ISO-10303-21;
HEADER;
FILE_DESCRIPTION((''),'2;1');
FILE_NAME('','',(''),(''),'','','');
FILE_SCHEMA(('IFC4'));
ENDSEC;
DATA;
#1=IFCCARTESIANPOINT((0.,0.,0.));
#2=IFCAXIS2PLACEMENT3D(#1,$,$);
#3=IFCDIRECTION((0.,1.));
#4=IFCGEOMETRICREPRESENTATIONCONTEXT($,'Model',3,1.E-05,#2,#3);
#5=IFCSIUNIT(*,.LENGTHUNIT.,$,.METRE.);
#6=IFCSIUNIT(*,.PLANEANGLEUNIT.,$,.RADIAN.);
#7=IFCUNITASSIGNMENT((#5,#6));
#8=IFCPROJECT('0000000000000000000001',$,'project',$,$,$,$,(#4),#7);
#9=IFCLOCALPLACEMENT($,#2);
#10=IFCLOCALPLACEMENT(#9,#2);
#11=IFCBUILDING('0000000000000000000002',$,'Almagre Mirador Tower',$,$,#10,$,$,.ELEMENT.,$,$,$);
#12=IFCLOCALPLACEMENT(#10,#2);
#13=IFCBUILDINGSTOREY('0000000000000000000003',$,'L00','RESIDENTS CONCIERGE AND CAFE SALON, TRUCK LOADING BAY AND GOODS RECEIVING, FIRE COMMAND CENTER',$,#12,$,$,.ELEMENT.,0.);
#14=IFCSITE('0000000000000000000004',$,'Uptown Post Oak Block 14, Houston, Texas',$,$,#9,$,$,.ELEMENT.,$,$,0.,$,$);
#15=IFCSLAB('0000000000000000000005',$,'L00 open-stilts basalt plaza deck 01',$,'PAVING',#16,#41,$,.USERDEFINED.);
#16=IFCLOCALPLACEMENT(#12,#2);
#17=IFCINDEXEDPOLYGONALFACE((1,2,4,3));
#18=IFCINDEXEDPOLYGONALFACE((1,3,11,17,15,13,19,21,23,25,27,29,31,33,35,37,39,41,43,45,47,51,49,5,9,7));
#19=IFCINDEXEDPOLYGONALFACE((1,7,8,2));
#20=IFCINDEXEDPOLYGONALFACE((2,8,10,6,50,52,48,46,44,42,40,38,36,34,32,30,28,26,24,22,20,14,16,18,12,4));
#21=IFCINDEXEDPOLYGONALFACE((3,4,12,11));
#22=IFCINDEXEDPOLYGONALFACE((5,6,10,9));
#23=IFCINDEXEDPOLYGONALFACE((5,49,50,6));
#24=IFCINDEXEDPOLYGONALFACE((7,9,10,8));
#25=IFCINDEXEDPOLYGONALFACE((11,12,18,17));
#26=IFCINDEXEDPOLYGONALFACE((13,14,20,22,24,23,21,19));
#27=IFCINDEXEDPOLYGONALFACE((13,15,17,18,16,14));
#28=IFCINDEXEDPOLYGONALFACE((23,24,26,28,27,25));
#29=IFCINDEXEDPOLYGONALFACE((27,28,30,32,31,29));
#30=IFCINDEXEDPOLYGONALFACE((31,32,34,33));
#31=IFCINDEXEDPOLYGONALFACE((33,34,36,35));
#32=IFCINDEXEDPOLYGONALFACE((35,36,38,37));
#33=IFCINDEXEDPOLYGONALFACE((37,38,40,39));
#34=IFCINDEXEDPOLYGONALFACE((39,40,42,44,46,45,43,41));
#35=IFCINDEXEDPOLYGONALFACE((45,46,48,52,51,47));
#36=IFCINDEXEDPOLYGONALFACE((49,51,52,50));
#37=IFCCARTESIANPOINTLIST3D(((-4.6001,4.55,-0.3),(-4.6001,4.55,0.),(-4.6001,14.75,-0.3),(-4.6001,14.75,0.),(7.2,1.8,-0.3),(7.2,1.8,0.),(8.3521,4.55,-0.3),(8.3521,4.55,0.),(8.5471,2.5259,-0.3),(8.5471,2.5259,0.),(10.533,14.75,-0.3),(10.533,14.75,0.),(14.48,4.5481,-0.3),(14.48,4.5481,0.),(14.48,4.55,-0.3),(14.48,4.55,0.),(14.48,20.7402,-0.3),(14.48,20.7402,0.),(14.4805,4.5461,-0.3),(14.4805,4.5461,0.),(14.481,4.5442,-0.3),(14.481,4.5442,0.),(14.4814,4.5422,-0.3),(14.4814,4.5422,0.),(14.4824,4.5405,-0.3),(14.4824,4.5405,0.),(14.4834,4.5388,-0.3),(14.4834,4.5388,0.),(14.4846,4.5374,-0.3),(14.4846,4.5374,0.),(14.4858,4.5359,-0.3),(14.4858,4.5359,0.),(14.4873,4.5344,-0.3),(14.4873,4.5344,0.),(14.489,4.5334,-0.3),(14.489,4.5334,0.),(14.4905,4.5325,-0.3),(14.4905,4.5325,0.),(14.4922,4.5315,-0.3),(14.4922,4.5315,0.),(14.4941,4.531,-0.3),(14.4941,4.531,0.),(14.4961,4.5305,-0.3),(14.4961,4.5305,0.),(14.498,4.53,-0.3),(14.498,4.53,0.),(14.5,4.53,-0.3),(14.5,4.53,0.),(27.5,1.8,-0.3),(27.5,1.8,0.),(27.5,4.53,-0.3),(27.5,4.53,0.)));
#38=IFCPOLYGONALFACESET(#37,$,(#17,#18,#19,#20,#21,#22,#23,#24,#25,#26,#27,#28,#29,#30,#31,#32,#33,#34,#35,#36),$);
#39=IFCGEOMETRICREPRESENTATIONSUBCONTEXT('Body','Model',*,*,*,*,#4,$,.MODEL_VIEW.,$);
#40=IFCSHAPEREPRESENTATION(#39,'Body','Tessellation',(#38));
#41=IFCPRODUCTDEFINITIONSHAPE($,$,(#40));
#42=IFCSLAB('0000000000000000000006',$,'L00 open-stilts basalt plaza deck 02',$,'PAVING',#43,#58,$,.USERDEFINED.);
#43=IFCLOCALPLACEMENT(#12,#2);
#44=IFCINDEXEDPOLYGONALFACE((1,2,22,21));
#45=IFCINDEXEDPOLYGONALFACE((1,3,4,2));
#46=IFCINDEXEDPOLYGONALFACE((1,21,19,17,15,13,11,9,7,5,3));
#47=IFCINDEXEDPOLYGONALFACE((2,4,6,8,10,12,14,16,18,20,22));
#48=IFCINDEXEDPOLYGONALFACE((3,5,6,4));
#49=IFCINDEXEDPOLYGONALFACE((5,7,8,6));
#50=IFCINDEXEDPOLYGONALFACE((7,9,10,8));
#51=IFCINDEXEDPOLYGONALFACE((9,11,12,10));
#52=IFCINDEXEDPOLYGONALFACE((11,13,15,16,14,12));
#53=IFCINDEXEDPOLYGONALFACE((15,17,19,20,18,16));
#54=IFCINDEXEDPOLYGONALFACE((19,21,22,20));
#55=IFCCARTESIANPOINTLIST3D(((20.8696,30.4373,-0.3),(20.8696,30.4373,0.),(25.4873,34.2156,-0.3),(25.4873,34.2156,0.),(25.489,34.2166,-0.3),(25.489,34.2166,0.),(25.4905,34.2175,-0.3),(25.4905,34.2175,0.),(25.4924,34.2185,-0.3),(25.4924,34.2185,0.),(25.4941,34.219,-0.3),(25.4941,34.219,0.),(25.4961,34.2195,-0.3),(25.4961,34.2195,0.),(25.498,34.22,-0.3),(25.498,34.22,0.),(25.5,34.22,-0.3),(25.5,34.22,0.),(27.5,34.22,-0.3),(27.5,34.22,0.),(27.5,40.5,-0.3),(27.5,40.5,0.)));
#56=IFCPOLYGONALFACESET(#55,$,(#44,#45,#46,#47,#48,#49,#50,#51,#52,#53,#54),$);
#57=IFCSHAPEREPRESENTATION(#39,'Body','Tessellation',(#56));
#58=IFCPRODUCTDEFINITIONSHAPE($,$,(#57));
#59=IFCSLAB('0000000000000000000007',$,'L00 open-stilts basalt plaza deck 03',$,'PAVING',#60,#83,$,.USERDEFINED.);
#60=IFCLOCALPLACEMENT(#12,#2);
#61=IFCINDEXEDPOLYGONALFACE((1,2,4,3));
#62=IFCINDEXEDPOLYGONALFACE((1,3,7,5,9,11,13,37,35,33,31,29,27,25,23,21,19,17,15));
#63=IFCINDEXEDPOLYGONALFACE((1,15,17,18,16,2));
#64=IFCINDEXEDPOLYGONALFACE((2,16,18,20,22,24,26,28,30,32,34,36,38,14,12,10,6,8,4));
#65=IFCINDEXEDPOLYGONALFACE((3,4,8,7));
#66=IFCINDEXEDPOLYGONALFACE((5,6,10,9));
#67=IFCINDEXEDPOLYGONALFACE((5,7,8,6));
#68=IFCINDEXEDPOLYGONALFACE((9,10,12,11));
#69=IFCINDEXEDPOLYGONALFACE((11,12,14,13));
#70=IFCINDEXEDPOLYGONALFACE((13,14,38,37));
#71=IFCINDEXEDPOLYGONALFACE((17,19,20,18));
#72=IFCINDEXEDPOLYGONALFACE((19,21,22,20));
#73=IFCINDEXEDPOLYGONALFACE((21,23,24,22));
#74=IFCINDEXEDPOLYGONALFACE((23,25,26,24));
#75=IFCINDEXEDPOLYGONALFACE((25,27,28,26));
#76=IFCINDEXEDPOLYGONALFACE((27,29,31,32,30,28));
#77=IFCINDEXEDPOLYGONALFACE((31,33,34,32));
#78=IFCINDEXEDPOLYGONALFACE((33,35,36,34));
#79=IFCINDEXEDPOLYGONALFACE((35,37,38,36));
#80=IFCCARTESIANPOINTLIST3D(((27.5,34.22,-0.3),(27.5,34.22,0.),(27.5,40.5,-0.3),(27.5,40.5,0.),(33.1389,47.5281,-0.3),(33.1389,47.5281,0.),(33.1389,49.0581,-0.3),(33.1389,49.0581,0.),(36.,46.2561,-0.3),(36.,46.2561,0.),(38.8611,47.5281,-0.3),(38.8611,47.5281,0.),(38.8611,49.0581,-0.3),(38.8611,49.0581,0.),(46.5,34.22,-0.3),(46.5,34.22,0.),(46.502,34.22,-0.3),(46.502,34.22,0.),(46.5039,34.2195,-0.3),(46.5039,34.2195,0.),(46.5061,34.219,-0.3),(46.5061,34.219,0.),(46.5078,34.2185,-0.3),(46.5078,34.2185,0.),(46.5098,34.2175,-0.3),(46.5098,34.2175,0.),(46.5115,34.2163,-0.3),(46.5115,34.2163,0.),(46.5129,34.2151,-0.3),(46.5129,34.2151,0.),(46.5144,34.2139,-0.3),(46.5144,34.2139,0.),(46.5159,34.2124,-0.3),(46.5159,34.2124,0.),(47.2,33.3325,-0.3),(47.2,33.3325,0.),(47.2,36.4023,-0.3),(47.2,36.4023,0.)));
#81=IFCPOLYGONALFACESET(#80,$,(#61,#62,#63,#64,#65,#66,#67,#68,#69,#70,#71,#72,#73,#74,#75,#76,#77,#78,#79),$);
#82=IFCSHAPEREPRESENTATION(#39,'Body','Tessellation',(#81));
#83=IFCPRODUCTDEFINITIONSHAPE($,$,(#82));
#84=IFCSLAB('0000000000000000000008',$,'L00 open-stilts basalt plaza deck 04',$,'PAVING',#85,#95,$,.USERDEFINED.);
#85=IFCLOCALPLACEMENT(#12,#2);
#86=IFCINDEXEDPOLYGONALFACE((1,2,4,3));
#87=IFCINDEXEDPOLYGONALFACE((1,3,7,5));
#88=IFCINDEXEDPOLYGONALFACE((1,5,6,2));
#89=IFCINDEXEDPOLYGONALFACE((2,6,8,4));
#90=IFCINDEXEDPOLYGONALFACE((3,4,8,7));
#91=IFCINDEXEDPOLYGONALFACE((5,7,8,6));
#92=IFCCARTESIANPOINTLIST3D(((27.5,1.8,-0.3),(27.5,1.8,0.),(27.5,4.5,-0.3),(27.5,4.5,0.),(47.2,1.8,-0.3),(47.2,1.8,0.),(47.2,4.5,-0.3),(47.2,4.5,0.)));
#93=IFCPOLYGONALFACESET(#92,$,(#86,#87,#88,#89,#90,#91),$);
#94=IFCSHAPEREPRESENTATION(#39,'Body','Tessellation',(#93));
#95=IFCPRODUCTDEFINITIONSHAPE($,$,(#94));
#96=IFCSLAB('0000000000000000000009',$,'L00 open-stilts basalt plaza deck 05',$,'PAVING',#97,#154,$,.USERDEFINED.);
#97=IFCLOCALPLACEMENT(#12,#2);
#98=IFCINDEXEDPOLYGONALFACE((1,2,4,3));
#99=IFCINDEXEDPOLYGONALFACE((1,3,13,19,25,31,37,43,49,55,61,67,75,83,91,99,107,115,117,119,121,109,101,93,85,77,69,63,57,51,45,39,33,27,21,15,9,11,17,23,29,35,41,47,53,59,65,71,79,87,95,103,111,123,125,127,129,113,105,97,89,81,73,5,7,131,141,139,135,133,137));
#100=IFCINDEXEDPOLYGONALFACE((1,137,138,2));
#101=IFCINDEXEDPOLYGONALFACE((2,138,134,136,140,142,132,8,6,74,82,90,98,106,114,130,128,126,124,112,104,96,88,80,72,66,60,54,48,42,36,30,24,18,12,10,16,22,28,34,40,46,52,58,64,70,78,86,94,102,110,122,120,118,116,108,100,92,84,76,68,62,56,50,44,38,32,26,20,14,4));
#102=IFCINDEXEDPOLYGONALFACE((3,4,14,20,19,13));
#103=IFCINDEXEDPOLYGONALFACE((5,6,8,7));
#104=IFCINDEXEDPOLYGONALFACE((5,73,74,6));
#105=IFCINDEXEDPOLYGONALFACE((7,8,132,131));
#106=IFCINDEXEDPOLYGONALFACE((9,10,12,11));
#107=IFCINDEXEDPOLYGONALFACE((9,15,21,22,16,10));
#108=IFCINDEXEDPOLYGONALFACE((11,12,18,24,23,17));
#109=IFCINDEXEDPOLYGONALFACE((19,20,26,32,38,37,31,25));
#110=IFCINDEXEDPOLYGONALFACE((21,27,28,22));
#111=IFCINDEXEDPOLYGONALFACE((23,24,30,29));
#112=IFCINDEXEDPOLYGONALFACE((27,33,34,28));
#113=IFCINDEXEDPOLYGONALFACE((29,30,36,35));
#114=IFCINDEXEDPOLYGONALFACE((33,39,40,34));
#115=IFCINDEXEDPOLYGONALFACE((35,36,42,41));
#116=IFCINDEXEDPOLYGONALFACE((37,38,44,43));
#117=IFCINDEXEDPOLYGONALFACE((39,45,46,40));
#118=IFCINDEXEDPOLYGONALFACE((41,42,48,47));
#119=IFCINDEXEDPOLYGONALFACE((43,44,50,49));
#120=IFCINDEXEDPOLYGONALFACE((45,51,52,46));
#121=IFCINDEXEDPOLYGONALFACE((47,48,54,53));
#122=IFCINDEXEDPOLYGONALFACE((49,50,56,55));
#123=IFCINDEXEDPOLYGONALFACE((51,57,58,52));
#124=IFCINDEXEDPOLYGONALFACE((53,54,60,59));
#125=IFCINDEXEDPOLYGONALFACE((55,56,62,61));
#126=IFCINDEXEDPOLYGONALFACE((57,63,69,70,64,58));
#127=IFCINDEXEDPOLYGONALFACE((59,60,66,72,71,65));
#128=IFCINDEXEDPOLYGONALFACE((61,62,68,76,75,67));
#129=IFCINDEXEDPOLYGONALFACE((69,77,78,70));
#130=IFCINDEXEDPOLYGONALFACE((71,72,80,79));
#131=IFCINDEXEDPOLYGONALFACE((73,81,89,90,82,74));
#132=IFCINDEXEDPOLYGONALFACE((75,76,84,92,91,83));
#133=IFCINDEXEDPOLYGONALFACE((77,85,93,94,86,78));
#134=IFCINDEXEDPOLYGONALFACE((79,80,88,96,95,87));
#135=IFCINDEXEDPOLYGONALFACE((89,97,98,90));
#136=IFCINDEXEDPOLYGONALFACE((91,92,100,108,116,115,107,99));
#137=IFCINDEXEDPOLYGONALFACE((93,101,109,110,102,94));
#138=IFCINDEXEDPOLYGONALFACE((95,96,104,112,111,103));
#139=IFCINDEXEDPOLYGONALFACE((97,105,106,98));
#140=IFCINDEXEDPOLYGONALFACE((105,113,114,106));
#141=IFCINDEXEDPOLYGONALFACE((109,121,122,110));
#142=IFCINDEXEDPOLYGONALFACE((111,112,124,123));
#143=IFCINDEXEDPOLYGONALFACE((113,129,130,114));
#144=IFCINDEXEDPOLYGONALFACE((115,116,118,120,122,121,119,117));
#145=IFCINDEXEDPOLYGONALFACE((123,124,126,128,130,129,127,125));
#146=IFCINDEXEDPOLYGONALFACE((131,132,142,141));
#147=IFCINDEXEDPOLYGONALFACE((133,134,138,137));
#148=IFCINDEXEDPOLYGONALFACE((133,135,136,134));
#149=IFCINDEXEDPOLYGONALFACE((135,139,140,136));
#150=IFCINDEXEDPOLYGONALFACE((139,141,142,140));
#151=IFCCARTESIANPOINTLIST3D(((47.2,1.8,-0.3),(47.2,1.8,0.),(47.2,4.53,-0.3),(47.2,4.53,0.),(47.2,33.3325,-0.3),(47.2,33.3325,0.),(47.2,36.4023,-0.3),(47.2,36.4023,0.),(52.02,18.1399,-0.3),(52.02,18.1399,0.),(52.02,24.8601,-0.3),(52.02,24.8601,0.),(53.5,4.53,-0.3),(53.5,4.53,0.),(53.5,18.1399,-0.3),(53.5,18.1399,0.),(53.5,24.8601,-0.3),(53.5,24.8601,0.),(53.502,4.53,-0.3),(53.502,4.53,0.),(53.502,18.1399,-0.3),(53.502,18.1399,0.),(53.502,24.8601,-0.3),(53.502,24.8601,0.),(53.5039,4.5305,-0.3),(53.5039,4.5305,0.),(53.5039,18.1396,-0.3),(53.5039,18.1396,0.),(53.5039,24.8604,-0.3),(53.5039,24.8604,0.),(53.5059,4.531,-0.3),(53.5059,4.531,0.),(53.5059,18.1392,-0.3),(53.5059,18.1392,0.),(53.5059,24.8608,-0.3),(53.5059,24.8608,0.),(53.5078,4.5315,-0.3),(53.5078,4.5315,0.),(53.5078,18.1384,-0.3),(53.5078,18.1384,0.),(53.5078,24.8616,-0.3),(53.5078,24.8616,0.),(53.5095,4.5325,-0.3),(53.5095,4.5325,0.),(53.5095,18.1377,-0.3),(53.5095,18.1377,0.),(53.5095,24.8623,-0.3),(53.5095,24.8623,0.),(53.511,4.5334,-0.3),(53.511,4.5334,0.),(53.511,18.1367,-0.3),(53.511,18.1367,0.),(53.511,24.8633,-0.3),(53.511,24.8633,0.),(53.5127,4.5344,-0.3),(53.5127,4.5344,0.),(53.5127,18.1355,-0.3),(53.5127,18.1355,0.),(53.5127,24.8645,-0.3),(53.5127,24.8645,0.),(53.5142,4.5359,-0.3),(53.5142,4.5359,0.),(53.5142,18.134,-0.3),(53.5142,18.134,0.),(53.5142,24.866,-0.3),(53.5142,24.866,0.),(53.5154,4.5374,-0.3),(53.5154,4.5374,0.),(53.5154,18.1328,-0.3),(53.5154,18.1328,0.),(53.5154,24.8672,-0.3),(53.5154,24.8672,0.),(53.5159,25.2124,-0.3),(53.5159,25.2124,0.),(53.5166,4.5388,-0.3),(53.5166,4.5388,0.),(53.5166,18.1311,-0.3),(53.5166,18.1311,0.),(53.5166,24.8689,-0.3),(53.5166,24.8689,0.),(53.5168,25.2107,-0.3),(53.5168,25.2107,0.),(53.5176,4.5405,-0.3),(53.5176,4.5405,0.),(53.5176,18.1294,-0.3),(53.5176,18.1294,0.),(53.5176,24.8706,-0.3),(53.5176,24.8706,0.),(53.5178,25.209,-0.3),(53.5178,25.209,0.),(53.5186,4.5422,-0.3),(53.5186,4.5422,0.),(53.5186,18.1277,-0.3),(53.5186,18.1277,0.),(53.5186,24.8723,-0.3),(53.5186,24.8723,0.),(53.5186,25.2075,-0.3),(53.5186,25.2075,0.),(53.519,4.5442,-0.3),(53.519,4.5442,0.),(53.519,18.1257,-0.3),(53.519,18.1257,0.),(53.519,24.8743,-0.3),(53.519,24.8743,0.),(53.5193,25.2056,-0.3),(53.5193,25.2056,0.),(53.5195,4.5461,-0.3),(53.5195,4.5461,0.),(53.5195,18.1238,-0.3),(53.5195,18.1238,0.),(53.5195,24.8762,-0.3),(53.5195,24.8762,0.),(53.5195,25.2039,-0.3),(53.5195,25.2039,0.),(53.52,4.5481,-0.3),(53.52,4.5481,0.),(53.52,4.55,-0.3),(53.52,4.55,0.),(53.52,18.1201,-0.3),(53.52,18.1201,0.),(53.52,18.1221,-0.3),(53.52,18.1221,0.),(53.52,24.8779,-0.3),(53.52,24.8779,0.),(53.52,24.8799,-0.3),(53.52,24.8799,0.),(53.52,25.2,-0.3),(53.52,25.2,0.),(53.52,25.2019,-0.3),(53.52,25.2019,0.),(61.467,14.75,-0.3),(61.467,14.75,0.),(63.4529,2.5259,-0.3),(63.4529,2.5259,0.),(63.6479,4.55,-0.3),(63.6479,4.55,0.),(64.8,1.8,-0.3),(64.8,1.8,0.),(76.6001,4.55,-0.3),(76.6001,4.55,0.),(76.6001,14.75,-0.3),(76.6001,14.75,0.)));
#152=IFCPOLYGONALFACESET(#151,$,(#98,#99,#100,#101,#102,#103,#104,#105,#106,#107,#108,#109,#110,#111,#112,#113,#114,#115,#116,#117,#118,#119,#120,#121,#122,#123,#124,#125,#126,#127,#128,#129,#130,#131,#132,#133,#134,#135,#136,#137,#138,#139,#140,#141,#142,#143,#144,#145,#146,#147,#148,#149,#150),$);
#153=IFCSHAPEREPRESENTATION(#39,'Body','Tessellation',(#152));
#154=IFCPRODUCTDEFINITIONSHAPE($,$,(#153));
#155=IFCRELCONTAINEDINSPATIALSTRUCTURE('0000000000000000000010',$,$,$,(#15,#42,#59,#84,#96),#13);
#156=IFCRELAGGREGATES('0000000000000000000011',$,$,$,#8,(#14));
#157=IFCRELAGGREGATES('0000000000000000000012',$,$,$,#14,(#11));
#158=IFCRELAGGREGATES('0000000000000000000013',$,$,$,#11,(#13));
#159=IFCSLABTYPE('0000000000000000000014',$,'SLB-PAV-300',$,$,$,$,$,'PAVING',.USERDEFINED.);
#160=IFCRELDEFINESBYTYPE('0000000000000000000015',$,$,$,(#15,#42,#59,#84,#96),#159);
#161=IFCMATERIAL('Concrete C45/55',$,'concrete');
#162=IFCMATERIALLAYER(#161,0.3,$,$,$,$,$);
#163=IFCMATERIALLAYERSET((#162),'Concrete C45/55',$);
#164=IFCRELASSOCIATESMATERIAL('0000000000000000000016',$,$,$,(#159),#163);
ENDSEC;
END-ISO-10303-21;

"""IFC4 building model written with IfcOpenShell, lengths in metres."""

from ifc_helpers import new_model, si_unit, direction, frame, origin, place, context, subcontext, project, spatial, polyline, outline, extrude, material, layer, layer_set, type_object, element, save


model = new_model("IFC4")

# Units and contexts
model_context = context("Model", 3, precision=1e-05, world=origin(), true_north=direction((0.0, 1.0)))
body_context = subcontext(model_context, "Body", "Model", "MODEL_VIEW")
ifc_project = project(units=[si_unit("LENGTHUNIT", "METRE"), si_unit("PLANEANGLEUNIT", "RADIAN")], contexts=[model_context])

# Site, building, storey
site_placement = place(None, origin())
site = spatial("IfcSite", under=ifc_project, at=site_placement, Name="Uptown Post Oak Block 14, Houston, Texas", CompositionType="ELEMENT", RefElevation=0.0)
building_placement = place(site_placement, origin())
building = spatial("IfcBuilding", under=site, at=building_placement, Name="Almagre Mirador Tower", CompositionType="ELEMENT")
storey_placement = place(building_placement, origin())
storey = spatial("IfcBuildingStorey", under=building, at=storey_placement, Name="L00", Description="RESIDENTS CONCIERGE AND CAFE SALON, TRUCK LOADING BAY AND GOODS RECEIVING, FIRE COMMAND CENTER", CompositionType="ELEMENT", Elevation=0.0)

# Slabs
ifc_material_1 = material(Name="Concrete C45/55", Category="concrete")
ifc_layer_1 = layer(ifc_material_1, 0.3)
ifc_layer_set_1 = layer_set([ifc_layer_1], Name="Concrete C45/55")
slab_type_1 = type_object("IfcSlabType", Name="SLB-PAV-300", ElementType="PAVING", PredefinedType="USERDEFINED", material=ifc_layer_set_1)
slab_1_placement = place(storey_placement, frame((0.0, 0.0, -0.3)))
element("IfcSlab", 1, at=slab_1_placement, inside=storey, type_object=slab_type_1, Name="L00 open-stilts basalt plaza deck 01", ObjectType="PAVING", PredefinedType="USERDEFINED", context=body_context, shape_type="SweptSolid", body=[
    extrude(outline(polyline([(27.5, 1.8), (27.5, 4.53), (14.5, 4.53), (14.498, 4.53), (14.4961, 4.5305), (14.4941, 4.531), (14.4922, 4.5315), (14.4905, 4.5325), (14.489, 4.5334), (14.4873, 4.5344), (14.4858, 4.5359), (14.4846, 4.5374), (14.4834, 4.5388), (14.4824, 4.5405), (14.4814, 4.5422), (14.481, 4.5442), (14.4805, 4.5461), (14.48, 4.5481), (14.48, 4.55), (14.48, 20.7402), (10.533, 14.75), (-4.6001, 14.75), (-4.6001, 4.55), (8.3521, 4.55), (8.5471, 2.5259), (7.2, 1.8), (27.5, 1.8)])), origin(), (0.0, 0.0, 1.0), 0.3),
])
slab_2_placement = place(storey_placement, frame((0.0, 0.0, -0.3)))
element("IfcSlab", 2, at=slab_2_placement, inside=storey, type_object=slab_type_1, Name="L00 open-stilts basalt plaza deck 02", ObjectType="PAVING", PredefinedType="USERDEFINED", context=body_context, shape_type="SweptSolid", body=[
    extrude(outline(polyline([(27.5, 34.22), (27.5, 40.5), (20.8696, 30.4373), (25.4873, 34.2156), (25.489, 34.2166), (25.4905, 34.2175), (25.4924, 34.2185), (25.4941, 34.219), (25.4961, 34.2195), (25.498, 34.22), (25.5, 34.22), (27.5, 34.22)])), origin(), (0.0, 0.0, 1.0), 0.3),
])
slab_3_placement = place(storey_placement, frame((0.0, 0.0, -0.3)))
element("IfcSlab", 3, at=slab_3_placement, inside=storey, type_object=slab_type_1, Name="L00 open-stilts basalt plaza deck 03", ObjectType="PAVING", PredefinedType="USERDEFINED", context=body_context, shape_type="SweptSolid", body=[
    extrude(outline(polyline([(33.1389, 47.5281), (33.1389, 49.0581), (27.5, 40.5), (27.5, 34.22), (46.5, 34.22), (46.502, 34.22), (46.5039, 34.2195), (46.5061, 34.219), (46.5078, 34.2185), (46.5098, 34.2175), (46.5115, 34.2163), (46.5129, 34.2151), (46.5144, 34.2139), (46.5159, 34.2124), (47.2, 33.3325), (47.2, 36.4023), (38.8611, 49.0581), (38.8611, 47.5281), (36.0, 46.2561), (33.1389, 47.5281)])), origin(), (0.0, 0.0, 1.0), 0.3),
])
slab_4_placement = place(storey_placement, frame((0.0, 0.0, -0.3)))
element("IfcSlab", 4, at=slab_4_placement, inside=storey, type_object=slab_type_1, Name="L00 open-stilts basalt plaza deck 04", ObjectType="PAVING", PredefinedType="USERDEFINED", context=body_context, shape_type="SweptSolid", body=[
    extrude(outline(polyline([(47.2, 1.8), (47.2, 4.5), (27.5, 4.5), (27.5, 1.8), (47.2, 1.8)])), origin(), (0.0, 0.0, 1.0), 0.3),
])
slab_5_placement = place(storey_placement, frame((0.0, 0.0, -0.3)))
element("IfcSlab", 5, at=slab_5_placement, inside=storey, type_object=slab_type_1, Name="L00 open-stilts basalt plaza deck 05", ObjectType="PAVING", PredefinedType="USERDEFINED", context=body_context, shape_type="SweptSolid", body=[
    extrude(outline(polyline([(47.2, 36.4023), (47.2, 33.3325), (53.5159, 25.2124), (53.5168, 25.2107), (53.5178, 25.209), (53.5186, 25.2075), (53.5193, 25.2056), (53.5195, 25.2039), (53.52, 25.2019), (53.52, 25.2), (53.52, 24.8799), (53.52, 24.8779), (53.5195, 24.8762), (53.519, 24.8743), (53.5186, 24.8723), (53.5176, 24.8706), (53.5166, 24.8689), (53.5154, 24.8672), (53.5142, 24.866), (53.5127, 24.8645), (53.511, 24.8633), (53.5095, 24.8623), (53.5078, 24.8616), (53.5059, 24.8608), (53.5039, 24.8604), (53.502, 24.8601), (53.5, 24.8601), (52.02, 24.8601), (52.02, 18.1399), (53.5, 18.1399), (53.502, 18.1399), (53.5039, 18.1396), (53.5059, 18.1392), (53.5078, 18.1384), (53.5095, 18.1377), (53.511, 18.1367), (53.5127, 18.1355), (53.5142, 18.134), (53.5154, 18.1328), (53.5166, 18.1311), (53.5176, 18.1294), (53.5186, 18.1277), (53.519, 18.1257), (53.5195, 18.1238), (53.52, 18.1221), (53.52, 18.1201), (53.52, 4.55), (53.52, 4.5481), (53.5195, 4.5461), (53.519, 4.5442), (53.5186, 4.5422), (53.5176, 4.5405), (53.5166, 4.5388), (53.5154, 4.5374), (53.5142, 4.5359), (53.5127, 4.5344), (53.511, 4.5334), (53.5095, 4.5325), (53.5078, 4.5315), (53.5059, 4.531), (53.5039, 4.5305), (53.502, 4.53), (53.5, 4.53), (47.2, 4.53), (47.2, 1.8), (64.8, 1.8), (63.4529, 2.5259), (63.6479, 4.55), (76.6001, 4.55), (76.6001, 14.75), (61.467, 14.75), (47.2, 36.4023)])), origin(), (0.0, 0.0, 1.0), 0.3),
])

save(model, "model.ifc")
